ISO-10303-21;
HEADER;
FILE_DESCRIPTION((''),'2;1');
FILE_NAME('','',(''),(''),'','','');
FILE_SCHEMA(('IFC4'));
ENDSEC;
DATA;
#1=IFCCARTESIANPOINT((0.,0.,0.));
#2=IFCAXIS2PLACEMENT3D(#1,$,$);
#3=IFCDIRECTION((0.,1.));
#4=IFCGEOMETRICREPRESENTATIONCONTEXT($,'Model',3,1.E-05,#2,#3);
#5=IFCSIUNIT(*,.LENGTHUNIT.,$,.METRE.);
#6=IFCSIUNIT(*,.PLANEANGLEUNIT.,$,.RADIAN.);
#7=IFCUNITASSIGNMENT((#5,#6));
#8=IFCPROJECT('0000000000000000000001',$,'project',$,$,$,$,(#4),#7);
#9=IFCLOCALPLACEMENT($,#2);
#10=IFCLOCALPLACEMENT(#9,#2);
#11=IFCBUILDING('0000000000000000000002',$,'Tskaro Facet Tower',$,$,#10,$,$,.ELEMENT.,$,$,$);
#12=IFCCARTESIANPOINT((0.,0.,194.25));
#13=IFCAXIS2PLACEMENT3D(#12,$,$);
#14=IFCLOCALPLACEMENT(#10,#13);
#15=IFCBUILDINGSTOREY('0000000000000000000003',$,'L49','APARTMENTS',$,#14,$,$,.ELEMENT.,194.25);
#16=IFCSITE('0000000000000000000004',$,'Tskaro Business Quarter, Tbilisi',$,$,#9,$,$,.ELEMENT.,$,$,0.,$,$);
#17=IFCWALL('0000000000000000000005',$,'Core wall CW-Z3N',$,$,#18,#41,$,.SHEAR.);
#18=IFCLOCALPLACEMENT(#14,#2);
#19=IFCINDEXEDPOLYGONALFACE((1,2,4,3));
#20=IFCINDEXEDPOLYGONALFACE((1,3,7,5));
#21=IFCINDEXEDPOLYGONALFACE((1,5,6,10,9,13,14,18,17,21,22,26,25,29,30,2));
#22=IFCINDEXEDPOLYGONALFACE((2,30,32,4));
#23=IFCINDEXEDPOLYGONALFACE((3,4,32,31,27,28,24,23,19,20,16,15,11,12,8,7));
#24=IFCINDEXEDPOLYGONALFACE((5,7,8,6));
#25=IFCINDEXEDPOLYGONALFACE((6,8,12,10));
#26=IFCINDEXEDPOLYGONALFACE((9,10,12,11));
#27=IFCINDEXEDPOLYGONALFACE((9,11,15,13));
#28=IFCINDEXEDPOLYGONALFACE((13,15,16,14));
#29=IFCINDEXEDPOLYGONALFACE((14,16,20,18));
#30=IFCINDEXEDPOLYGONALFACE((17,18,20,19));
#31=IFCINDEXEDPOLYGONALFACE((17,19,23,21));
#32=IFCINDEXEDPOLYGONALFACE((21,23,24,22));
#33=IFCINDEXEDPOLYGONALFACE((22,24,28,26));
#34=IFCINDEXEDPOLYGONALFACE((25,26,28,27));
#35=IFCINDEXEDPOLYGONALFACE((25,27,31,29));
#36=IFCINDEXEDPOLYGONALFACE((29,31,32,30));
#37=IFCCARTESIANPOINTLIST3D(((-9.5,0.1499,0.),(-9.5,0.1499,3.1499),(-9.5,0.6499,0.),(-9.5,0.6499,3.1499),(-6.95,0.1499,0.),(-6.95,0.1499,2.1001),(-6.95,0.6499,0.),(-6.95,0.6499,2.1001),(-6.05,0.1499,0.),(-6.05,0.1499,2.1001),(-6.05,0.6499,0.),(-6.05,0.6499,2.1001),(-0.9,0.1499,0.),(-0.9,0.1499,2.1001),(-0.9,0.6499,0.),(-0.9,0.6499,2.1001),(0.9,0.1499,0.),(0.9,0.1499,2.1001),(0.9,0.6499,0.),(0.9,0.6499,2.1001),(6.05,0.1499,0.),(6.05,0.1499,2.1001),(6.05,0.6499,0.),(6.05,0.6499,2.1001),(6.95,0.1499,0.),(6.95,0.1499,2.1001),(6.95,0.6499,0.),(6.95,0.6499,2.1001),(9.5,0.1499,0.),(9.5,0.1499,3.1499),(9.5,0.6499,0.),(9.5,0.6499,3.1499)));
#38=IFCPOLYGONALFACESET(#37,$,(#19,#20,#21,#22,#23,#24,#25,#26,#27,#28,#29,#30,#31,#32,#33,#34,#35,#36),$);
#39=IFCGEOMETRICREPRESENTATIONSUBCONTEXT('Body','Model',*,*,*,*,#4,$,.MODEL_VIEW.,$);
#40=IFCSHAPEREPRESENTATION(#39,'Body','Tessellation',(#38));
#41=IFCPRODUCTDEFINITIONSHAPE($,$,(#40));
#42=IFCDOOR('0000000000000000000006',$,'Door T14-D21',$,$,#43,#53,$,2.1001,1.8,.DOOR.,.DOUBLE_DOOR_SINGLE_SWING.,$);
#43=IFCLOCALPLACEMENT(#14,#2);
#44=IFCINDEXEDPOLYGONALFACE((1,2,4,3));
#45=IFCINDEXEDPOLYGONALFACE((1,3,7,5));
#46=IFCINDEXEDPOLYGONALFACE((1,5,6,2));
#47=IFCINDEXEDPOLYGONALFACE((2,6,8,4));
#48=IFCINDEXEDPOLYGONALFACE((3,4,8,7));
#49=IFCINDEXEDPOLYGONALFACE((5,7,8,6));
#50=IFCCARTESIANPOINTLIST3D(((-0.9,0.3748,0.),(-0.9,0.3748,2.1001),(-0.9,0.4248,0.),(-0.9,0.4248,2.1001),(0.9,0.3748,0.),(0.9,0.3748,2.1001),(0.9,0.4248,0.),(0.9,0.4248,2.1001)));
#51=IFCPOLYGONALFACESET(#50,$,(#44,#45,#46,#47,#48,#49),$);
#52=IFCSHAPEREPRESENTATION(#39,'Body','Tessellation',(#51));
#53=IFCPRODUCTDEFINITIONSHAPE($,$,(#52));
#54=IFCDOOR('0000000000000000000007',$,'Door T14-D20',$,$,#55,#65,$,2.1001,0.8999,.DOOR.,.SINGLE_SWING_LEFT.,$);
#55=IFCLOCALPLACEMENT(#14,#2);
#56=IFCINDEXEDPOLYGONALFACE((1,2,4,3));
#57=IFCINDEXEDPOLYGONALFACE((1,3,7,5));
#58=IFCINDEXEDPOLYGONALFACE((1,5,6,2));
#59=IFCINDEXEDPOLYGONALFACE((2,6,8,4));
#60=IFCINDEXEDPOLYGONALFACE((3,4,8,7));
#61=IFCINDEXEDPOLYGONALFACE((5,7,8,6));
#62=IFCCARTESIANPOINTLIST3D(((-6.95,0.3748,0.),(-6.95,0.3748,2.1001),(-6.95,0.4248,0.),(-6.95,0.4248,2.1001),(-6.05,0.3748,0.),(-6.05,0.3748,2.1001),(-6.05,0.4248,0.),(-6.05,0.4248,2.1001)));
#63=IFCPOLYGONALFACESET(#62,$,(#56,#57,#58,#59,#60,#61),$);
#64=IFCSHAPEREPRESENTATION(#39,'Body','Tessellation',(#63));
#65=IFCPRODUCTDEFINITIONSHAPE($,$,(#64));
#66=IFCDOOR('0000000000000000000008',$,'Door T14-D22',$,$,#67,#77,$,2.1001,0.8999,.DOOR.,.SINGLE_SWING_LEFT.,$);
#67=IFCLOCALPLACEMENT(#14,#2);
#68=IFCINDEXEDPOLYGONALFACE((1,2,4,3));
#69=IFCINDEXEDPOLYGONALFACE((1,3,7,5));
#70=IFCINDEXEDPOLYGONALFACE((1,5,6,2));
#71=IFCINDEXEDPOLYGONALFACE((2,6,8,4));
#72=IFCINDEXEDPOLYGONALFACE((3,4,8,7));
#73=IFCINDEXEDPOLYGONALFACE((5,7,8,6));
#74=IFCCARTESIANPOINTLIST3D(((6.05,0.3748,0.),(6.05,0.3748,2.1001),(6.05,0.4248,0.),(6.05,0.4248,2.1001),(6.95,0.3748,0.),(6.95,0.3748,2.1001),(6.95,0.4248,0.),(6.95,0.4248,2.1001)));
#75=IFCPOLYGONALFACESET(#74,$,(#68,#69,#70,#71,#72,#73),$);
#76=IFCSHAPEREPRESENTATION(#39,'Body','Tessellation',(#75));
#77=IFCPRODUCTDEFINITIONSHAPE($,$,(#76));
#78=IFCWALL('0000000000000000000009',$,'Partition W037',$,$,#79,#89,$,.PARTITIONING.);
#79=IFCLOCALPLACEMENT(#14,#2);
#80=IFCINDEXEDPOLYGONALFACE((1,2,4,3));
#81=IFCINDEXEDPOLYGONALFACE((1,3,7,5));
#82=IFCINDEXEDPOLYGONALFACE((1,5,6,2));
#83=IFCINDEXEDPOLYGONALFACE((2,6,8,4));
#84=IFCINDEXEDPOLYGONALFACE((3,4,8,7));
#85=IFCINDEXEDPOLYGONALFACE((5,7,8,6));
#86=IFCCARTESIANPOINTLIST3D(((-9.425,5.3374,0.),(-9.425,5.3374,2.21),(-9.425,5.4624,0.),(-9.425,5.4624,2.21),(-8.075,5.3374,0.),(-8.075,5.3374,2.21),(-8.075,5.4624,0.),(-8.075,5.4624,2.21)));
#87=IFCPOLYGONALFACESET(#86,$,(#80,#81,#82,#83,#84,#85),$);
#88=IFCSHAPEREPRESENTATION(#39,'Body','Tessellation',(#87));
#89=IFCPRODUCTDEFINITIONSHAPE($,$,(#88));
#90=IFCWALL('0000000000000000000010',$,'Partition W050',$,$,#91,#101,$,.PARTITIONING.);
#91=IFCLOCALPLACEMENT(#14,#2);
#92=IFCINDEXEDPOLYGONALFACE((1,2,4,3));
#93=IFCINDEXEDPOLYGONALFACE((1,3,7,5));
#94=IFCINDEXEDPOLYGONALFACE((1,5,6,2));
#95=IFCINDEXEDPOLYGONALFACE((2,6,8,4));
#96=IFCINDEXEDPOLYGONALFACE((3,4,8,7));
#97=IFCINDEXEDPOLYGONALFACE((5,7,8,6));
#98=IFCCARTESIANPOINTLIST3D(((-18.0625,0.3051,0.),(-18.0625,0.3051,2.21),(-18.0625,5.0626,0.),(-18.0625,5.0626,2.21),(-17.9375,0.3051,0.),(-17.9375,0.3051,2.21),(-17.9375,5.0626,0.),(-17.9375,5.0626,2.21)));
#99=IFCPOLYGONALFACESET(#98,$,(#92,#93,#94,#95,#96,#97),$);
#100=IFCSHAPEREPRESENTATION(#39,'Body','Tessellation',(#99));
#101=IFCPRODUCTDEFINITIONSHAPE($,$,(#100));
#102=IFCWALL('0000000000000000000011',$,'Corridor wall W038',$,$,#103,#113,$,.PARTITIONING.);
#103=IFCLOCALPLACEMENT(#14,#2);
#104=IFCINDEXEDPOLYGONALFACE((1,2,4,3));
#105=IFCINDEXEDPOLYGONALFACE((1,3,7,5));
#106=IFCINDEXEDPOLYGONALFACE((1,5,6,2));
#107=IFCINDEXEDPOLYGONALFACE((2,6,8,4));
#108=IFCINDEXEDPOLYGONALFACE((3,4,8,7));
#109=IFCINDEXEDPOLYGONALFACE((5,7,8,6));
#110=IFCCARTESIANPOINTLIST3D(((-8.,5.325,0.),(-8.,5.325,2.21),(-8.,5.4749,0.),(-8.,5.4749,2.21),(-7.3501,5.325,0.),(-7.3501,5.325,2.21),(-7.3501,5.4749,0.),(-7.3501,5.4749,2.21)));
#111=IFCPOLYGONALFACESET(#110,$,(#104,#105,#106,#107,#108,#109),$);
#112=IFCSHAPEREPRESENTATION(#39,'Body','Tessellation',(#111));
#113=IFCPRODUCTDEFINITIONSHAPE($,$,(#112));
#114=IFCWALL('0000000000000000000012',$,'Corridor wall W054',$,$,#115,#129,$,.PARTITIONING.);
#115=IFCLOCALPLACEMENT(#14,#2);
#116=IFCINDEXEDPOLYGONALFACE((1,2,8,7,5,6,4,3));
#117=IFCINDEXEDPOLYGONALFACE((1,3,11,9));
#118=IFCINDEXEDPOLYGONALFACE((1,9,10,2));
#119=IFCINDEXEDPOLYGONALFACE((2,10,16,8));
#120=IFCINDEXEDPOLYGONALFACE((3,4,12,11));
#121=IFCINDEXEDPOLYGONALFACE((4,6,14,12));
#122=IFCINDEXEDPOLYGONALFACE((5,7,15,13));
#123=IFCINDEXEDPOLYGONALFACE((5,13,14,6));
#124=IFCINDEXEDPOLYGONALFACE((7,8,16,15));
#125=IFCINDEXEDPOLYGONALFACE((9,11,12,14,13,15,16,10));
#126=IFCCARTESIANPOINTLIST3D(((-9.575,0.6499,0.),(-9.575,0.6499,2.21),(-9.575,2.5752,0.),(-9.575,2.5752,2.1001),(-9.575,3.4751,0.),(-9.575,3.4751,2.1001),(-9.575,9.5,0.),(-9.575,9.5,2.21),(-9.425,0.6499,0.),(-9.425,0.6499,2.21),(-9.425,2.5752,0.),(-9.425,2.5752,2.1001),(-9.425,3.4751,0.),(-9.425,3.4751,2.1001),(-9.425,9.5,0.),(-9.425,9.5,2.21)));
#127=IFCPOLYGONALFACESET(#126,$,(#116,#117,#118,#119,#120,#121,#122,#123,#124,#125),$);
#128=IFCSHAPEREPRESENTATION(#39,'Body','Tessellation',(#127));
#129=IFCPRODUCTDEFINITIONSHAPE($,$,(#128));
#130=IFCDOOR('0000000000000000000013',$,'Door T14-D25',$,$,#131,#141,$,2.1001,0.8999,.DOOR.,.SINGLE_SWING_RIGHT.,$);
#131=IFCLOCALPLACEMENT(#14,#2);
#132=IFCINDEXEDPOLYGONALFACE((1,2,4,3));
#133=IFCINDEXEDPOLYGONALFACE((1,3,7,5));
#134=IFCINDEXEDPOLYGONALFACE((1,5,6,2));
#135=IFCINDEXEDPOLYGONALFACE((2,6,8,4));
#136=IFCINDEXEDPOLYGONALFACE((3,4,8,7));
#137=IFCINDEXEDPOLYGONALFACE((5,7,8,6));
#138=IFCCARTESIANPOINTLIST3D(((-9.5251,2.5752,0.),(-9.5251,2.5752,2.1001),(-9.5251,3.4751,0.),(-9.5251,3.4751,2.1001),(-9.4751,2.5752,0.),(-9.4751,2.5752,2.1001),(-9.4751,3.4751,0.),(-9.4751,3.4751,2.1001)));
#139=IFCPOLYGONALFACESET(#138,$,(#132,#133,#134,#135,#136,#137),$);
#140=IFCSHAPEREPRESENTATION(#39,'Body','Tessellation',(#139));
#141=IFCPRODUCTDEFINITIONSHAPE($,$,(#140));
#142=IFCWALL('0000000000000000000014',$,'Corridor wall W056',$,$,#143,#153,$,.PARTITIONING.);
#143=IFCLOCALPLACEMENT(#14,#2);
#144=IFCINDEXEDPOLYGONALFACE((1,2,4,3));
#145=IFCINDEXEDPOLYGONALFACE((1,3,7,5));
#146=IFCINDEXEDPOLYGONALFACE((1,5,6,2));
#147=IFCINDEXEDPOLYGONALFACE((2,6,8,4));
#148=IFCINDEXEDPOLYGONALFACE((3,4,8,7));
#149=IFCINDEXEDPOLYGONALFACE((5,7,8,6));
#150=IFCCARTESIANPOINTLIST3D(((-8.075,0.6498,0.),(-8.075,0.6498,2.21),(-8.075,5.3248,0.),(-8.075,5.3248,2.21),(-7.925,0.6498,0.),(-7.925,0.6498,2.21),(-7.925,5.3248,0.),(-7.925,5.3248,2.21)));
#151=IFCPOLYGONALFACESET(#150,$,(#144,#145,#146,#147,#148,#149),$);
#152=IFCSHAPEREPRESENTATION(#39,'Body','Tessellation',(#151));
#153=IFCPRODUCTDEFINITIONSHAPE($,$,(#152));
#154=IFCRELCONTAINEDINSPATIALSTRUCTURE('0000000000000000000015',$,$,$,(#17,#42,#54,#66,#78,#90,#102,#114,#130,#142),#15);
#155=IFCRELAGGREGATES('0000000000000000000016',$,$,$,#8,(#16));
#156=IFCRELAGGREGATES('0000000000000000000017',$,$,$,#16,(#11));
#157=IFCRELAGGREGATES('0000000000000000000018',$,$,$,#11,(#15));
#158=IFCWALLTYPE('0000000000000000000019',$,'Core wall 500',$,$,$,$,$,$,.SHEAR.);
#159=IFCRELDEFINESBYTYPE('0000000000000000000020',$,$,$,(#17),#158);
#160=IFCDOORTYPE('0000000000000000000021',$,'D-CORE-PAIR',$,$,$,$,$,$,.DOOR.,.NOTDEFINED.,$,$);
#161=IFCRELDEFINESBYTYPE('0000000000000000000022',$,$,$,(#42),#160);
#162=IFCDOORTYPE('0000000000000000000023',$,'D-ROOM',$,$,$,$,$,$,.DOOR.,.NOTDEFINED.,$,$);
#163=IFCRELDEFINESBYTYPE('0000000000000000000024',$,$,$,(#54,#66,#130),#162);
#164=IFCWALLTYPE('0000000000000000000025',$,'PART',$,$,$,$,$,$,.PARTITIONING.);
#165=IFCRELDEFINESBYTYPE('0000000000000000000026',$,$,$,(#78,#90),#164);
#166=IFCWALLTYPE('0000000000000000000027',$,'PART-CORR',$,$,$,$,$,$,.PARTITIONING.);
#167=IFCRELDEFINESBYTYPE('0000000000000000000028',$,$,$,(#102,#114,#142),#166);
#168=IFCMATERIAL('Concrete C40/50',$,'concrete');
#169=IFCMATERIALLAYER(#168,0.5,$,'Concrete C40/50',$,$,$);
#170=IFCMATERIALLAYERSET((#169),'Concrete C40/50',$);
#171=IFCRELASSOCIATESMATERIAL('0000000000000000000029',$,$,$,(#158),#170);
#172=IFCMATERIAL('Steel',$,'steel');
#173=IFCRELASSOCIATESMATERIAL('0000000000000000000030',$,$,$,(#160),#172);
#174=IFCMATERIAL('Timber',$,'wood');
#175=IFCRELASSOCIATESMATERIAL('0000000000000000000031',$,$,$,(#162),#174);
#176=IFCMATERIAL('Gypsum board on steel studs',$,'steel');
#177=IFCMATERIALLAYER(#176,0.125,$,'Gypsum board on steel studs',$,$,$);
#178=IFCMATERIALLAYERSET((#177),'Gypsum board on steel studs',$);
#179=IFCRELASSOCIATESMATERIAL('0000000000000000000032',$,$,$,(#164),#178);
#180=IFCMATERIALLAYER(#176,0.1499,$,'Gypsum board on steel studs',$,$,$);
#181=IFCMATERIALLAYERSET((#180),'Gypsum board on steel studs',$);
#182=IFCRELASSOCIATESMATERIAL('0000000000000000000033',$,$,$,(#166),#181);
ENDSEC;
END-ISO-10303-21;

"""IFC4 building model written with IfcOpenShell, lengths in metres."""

from ifc_helpers import new_model, si_unit, direction, frame, frame_2d, origin, place, context, subcontext, project, spatial, rectangle, extrude, material, layer, layer_set, type_object, element, fill, save


model = new_model("IFC4")

# Units and contexts
model_context = context("Model", 3, precision=1e-05, world=origin(), true_north=direction((0.0, 1.0)))
body_context = subcontext(model_context, "Body", "Model", "MODEL_VIEW")
ifc_project = project(units=[si_unit("LENGTHUNIT", "METRE"), si_unit("PLANEANGLEUNIT", "RADIAN")], contexts=[model_context])

# Site, building, storey
site_placement = place(None, origin())
site = spatial("IfcSite", under=ifc_project, at=site_placement, Name="Tskaro Business Quarter, Tbilisi", CompositionType="ELEMENT", RefElevation=0.0)
building_placement = place(site_placement, origin())
building = spatial("IfcBuilding", under=site, at=building_placement, Name="Tskaro Facet Tower", CompositionType="ELEMENT")
storey_placement = place(building_placement, frame((0.0, 0.0, 194.25)))
storey = spatial("IfcBuildingStorey", under=building, at=storey_placement, Name="L49", Description="APARTMENTS", CompositionType="ELEMENT", Elevation=194.25)

# Wall, openings, doors
ifc_material_1 = material(Name="Concrete C40/50", Category="concrete")
ifc_layer_1 = layer(ifc_material_1, 0.5, Name="Concrete C40/50")
ifc_layer_set_1 = layer_set([ifc_layer_1], Name="Concrete C40/50")
wall_type_1 = type_object("IfcWallType", Name="Core wall 500", PredefinedType="SHEAR", material=ifc_layer_set_1)
wall_1_placement = place(storey_placement, frame((-9.5, 0.3999, 0.0), z_axis=(0.0, 0.0, 1.0), x_axis=(1.0, 0.0, 0.0)))
wall_1 = element("IfcWall", 1, at=wall_1_placement, inside=storey, type_object=wall_type_1, Name="Core wall CW-Z3N", PredefinedType="SHEAR", context=body_context, shape_type="SweptSolid", body=[
    extrude(rectangle(XDim=19.0, YDim=0.5, at=frame_2d((9.5, 0.0))), origin(), (0.0, 0.0, 1.0), 3.1499),
])
opening_1_placement = place(wall_1_placement, frame((8.6001, 0.0, 0.0)))
opening_1 = element("IfcOpeningElement", 2, at=opening_1_placement, cuts=wall_1, PredefinedType="OPENING", context=body_context, shape_type="SweptSolid", body=[
    extrude(rectangle(XDim=1.8, YDim=2.1001, at=frame_2d((0.8999, 1.05))), frame((0.0, 0.26, 0.0), z_axis=(0.0, -1.0, 0.0), x_axis=(1.0, 0.0, 0.0)), (0.0, 0.0, 1.0), 0.52),
])
opening_2_placement = place(wall_1_placement, frame((2.55, 0.0, 0.0)))
opening_2 = element("IfcOpeningElement", 3, at=opening_2_placement, cuts=wall_1, PredefinedType="OPENING", context=body_context, shape_type="SweptSolid", body=[
    extrude(rectangle(XDim=0.8999, YDim=2.1001, at=frame_2d((0.45, 1.05))), frame((0.0, 0.26, 0.0), z_axis=(0.0, -1.0, 0.0), x_axis=(1.0, 0.0, 0.0)), (0.0, 0.0, 1.0), 0.52),
])
opening_3_placement = place(wall_1_placement, frame((15.55, 0.0, 0.0)))
opening_3 = element("IfcOpeningElement", 4, at=opening_3_placement, cuts=wall_1, PredefinedType="OPENING", context=body_context, shape_type="SweptSolid", body=[
    extrude(rectangle(XDim=0.8999, YDim=2.1001, at=frame_2d((0.45, 1.05))), frame((0.0, 0.26, 0.0), z_axis=(0.0, -1.0, 0.0), x_axis=(1.0, 0.0, 0.0)), (0.0, 0.0, 1.0), 0.52),
])
ifc_material_2 = material(Name="Steel", Category="steel")
door_type_1 = type_object("IfcDoorType", Name="D-CORE-PAIR", OperationType="NOTDEFINED", PredefinedType="DOOR", material=ifc_material_2)
door_1_placement = place(opening_1_placement, origin())
door_1 = element("IfcDoor", 5, at=door_1_placement, inside=storey, type_object=door_type_1, Name="Door T14-D21", OperationType="DOUBLE_DOOR_SINGLE_SWING", OverallHeight=2.1001, OverallWidth=1.8, PredefinedType="DOOR", context=body_context, shape_type="SweptSolid", body=[
    extrude(rectangle(XDim=1.8, YDim=2.1001, at=frame_2d((0.8999, 1.05))), frame((0.0, 0.0249, 0.0), z_axis=(0.0, -1.0, 0.0), x_axis=(1.0, 0.0, 0.0)), (0.0, 0.0, 1.0), 0.05),
])
fill(opening_1, door_1)
ifc_material_3 = material(Name="Timber", Category="wood")
door_type_2 = type_object("IfcDoorType", Name="D-ROOM", OperationType="NOTDEFINED", PredefinedType="DOOR", material=ifc_material_3)
door_2_placement = place(opening_2_placement, origin())
door_2 = element("IfcDoor", 6, at=door_2_placement, inside=storey, type_object=door_type_2, Name="Door T14-D20", OperationType="SINGLE_SWING_LEFT", OverallHeight=2.1001, OverallWidth=0.8999, PredefinedType="DOOR", context=body_context, shape_type="SweptSolid", body=[
    extrude(rectangle(XDim=0.8999, YDim=2.1001, at=frame_2d((0.45, 1.05))), frame((0.0, 0.0249, 0.0), z_axis=(0.0, -1.0, 0.0), x_axis=(1.0, 0.0, 0.0)), (0.0, 0.0, 1.0), 0.05),
])
fill(opening_2, door_2)
door_3_placement = place(opening_3_placement, origin())
door_3 = element("IfcDoor", 7, at=door_3_placement, inside=storey, type_object=door_type_2, Name="Door T14-D22", OperationType="SINGLE_SWING_LEFT", OverallHeight=2.1001, OverallWidth=0.8999, PredefinedType="DOOR", context=body_context, shape_type="SweptSolid", body=[
    extrude(rectangle(XDim=0.8999, YDim=2.1001, at=frame_2d((0.45, 1.05))), frame((0.0, 0.0249, 0.0), z_axis=(0.0, -1.0, 0.0), x_axis=(1.0, 0.0, 0.0)), (0.0, 0.0, 1.0), 0.05),
])
fill(opening_3, door_3)

# Walls
ifc_material_4 = material(Name="Gypsum board on steel studs", Category="steel")
ifc_layer_2 = layer(ifc_material_4, 0.125, Name="Gypsum board on steel studs")
ifc_layer_set_2 = layer_set([ifc_layer_2], Name="Gypsum board on steel studs")
wall_type_2 = type_object("IfcWallType", Name="PART", PredefinedType="PARTITIONING", material=ifc_layer_set_2)
wall_2_placement = place(storey_placement, frame((-9.425, 5.3999, 0.0), z_axis=(0.0, 0.0, 1.0), x_axis=(1.0, 0.0, 0.0)))
element("IfcWall", 8, at=wall_2_placement, inside=storey, type_object=wall_type_2, Name="Partition W037", PredefinedType="PARTITIONING", context=body_context, shape_type="SweptSolid", body=[
    extrude(rectangle(XDim=1.3501, YDim=0.125, at=frame_2d((0.675, 0.0))), origin(), (0.0, 0.0, 1.0), 2.21),
])
wall_3_placement = place(storey_placement, frame((-18.0, 0.3049, 0.0), z_axis=(0.0, 0.0, 1.0), x_axis=(0.0, 1.0, 0.0)))
element("IfcWall", 9, at=wall_3_placement, inside=storey, type_object=wall_type_2, Name="Partition W050", PredefinedType="PARTITIONING", context=body_context, shape_type="SweptSolid", body=[
    extrude(rectangle(XDim=4.7576, YDim=0.125, at=frame_2d((2.3789, 0.0))), origin(), (0.0, 0.0, 1.0), 2.21),
])
ifc_layer_3 = layer(ifc_material_4, 0.1499, Name="Gypsum board on steel studs")
ifc_layer_set_3 = layer_set([ifc_layer_3], Name="Gypsum board on steel studs")
wall_type_3 = type_object("IfcWallType", Name="PART-CORR", PredefinedType="PARTITIONING", material=ifc_layer_set_3)
wall_4_placement = place(storey_placement, frame((-8.0, 5.3999, 0.0), z_axis=(0.0, 0.0, 1.0), x_axis=(1.0, 0.0, 0.0)))
element("IfcWall", 10, at=wall_4_placement, inside=storey, type_object=wall_type_3, Name="Corridor wall W038", PredefinedType="PARTITIONING", context=body_context, shape_type="SweptSolid", body=[
    extrude(rectangle(XDim=0.6499, YDim=0.1499, at=frame_2d((0.325, 0.0))), origin(), (0.0, 0.0, 1.0), 2.21),
])

# Wall, opening, door
wall_5_placement = place(storey_placement, frame((-9.5, 9.5, 0.0), z_axis=(0.0, 0.0, 1.0), x_axis=(0.0, -1.0, 0.0)))
wall_5 = element("IfcWall", 11, at=wall_5_placement, inside=storey, type_object=wall_type_3, Name="Corridor wall W054", PredefinedType="PARTITIONING", context=body_context, shape_type="SweptSolid", body=[
    extrude(rectangle(XDim=8.8501, YDim=0.1499, at=frame_2d((4.425, 0.0))), origin(), (0.0, 0.0, 1.0), 2.21),
])
opening_4_placement = place(wall_5_placement, frame((6.0249, 0.0, 0.0)))
opening_4 = element("IfcOpeningElement", 12, at=opening_4_placement, cuts=wall_5, PredefinedType="OPENING", context=body_context, shape_type="SweptSolid", body=[
    extrude(rectangle(XDim=0.8999, YDim=2.1001, at=frame_2d((0.45, 1.05))), frame((0.0, 0.085, 0.0), z_axis=(0.0, -1.0, 0.0), x_axis=(1.0, 0.0, 0.0)), (0.0, 0.0, 1.0), 0.1699),
])
door_4_placement = place(opening_4_placement, origin())
door_4 = element("IfcDoor", 13, at=door_4_placement, inside=storey, type_object=door_type_2, Name="Door T14-D25", OperationType="SINGLE_SWING_RIGHT", OverallHeight=2.1001, OverallWidth=0.8999, PredefinedType="DOOR", context=body_context, shape_type="SweptSolid", body=[
    extrude(rectangle(XDim=0.8999, YDim=2.1001, at=frame_2d((0.45, 1.05))), frame((0.0, 0.0249, 0.0), z_axis=(0.0, -1.0, 0.0), x_axis=(1.0, 0.0, 0.0)), (0.0, 0.0, 1.0), 0.05),
])
fill(opening_4, door_4)

# Wall
wall_6_placement = place(storey_placement, frame((-8.0, 0.6499, 0.0), z_axis=(0.0, 0.0, 1.0), x_axis=(0.0, 1.0, 0.0)))
element("IfcWall", 14, at=wall_6_placement, inside=storey, type_object=wall_type_3, Name="Corridor wall W056", PredefinedType="PARTITIONING", context=body_context, shape_type="SweptSolid", body=[
    extrude(rectangle(XDim=4.675, YDim=0.1499, at=frame_2d((2.3374, 0.0))), origin(), (0.0, 0.0, 1.0), 2.21),
])

save(model, "model.ifc")
